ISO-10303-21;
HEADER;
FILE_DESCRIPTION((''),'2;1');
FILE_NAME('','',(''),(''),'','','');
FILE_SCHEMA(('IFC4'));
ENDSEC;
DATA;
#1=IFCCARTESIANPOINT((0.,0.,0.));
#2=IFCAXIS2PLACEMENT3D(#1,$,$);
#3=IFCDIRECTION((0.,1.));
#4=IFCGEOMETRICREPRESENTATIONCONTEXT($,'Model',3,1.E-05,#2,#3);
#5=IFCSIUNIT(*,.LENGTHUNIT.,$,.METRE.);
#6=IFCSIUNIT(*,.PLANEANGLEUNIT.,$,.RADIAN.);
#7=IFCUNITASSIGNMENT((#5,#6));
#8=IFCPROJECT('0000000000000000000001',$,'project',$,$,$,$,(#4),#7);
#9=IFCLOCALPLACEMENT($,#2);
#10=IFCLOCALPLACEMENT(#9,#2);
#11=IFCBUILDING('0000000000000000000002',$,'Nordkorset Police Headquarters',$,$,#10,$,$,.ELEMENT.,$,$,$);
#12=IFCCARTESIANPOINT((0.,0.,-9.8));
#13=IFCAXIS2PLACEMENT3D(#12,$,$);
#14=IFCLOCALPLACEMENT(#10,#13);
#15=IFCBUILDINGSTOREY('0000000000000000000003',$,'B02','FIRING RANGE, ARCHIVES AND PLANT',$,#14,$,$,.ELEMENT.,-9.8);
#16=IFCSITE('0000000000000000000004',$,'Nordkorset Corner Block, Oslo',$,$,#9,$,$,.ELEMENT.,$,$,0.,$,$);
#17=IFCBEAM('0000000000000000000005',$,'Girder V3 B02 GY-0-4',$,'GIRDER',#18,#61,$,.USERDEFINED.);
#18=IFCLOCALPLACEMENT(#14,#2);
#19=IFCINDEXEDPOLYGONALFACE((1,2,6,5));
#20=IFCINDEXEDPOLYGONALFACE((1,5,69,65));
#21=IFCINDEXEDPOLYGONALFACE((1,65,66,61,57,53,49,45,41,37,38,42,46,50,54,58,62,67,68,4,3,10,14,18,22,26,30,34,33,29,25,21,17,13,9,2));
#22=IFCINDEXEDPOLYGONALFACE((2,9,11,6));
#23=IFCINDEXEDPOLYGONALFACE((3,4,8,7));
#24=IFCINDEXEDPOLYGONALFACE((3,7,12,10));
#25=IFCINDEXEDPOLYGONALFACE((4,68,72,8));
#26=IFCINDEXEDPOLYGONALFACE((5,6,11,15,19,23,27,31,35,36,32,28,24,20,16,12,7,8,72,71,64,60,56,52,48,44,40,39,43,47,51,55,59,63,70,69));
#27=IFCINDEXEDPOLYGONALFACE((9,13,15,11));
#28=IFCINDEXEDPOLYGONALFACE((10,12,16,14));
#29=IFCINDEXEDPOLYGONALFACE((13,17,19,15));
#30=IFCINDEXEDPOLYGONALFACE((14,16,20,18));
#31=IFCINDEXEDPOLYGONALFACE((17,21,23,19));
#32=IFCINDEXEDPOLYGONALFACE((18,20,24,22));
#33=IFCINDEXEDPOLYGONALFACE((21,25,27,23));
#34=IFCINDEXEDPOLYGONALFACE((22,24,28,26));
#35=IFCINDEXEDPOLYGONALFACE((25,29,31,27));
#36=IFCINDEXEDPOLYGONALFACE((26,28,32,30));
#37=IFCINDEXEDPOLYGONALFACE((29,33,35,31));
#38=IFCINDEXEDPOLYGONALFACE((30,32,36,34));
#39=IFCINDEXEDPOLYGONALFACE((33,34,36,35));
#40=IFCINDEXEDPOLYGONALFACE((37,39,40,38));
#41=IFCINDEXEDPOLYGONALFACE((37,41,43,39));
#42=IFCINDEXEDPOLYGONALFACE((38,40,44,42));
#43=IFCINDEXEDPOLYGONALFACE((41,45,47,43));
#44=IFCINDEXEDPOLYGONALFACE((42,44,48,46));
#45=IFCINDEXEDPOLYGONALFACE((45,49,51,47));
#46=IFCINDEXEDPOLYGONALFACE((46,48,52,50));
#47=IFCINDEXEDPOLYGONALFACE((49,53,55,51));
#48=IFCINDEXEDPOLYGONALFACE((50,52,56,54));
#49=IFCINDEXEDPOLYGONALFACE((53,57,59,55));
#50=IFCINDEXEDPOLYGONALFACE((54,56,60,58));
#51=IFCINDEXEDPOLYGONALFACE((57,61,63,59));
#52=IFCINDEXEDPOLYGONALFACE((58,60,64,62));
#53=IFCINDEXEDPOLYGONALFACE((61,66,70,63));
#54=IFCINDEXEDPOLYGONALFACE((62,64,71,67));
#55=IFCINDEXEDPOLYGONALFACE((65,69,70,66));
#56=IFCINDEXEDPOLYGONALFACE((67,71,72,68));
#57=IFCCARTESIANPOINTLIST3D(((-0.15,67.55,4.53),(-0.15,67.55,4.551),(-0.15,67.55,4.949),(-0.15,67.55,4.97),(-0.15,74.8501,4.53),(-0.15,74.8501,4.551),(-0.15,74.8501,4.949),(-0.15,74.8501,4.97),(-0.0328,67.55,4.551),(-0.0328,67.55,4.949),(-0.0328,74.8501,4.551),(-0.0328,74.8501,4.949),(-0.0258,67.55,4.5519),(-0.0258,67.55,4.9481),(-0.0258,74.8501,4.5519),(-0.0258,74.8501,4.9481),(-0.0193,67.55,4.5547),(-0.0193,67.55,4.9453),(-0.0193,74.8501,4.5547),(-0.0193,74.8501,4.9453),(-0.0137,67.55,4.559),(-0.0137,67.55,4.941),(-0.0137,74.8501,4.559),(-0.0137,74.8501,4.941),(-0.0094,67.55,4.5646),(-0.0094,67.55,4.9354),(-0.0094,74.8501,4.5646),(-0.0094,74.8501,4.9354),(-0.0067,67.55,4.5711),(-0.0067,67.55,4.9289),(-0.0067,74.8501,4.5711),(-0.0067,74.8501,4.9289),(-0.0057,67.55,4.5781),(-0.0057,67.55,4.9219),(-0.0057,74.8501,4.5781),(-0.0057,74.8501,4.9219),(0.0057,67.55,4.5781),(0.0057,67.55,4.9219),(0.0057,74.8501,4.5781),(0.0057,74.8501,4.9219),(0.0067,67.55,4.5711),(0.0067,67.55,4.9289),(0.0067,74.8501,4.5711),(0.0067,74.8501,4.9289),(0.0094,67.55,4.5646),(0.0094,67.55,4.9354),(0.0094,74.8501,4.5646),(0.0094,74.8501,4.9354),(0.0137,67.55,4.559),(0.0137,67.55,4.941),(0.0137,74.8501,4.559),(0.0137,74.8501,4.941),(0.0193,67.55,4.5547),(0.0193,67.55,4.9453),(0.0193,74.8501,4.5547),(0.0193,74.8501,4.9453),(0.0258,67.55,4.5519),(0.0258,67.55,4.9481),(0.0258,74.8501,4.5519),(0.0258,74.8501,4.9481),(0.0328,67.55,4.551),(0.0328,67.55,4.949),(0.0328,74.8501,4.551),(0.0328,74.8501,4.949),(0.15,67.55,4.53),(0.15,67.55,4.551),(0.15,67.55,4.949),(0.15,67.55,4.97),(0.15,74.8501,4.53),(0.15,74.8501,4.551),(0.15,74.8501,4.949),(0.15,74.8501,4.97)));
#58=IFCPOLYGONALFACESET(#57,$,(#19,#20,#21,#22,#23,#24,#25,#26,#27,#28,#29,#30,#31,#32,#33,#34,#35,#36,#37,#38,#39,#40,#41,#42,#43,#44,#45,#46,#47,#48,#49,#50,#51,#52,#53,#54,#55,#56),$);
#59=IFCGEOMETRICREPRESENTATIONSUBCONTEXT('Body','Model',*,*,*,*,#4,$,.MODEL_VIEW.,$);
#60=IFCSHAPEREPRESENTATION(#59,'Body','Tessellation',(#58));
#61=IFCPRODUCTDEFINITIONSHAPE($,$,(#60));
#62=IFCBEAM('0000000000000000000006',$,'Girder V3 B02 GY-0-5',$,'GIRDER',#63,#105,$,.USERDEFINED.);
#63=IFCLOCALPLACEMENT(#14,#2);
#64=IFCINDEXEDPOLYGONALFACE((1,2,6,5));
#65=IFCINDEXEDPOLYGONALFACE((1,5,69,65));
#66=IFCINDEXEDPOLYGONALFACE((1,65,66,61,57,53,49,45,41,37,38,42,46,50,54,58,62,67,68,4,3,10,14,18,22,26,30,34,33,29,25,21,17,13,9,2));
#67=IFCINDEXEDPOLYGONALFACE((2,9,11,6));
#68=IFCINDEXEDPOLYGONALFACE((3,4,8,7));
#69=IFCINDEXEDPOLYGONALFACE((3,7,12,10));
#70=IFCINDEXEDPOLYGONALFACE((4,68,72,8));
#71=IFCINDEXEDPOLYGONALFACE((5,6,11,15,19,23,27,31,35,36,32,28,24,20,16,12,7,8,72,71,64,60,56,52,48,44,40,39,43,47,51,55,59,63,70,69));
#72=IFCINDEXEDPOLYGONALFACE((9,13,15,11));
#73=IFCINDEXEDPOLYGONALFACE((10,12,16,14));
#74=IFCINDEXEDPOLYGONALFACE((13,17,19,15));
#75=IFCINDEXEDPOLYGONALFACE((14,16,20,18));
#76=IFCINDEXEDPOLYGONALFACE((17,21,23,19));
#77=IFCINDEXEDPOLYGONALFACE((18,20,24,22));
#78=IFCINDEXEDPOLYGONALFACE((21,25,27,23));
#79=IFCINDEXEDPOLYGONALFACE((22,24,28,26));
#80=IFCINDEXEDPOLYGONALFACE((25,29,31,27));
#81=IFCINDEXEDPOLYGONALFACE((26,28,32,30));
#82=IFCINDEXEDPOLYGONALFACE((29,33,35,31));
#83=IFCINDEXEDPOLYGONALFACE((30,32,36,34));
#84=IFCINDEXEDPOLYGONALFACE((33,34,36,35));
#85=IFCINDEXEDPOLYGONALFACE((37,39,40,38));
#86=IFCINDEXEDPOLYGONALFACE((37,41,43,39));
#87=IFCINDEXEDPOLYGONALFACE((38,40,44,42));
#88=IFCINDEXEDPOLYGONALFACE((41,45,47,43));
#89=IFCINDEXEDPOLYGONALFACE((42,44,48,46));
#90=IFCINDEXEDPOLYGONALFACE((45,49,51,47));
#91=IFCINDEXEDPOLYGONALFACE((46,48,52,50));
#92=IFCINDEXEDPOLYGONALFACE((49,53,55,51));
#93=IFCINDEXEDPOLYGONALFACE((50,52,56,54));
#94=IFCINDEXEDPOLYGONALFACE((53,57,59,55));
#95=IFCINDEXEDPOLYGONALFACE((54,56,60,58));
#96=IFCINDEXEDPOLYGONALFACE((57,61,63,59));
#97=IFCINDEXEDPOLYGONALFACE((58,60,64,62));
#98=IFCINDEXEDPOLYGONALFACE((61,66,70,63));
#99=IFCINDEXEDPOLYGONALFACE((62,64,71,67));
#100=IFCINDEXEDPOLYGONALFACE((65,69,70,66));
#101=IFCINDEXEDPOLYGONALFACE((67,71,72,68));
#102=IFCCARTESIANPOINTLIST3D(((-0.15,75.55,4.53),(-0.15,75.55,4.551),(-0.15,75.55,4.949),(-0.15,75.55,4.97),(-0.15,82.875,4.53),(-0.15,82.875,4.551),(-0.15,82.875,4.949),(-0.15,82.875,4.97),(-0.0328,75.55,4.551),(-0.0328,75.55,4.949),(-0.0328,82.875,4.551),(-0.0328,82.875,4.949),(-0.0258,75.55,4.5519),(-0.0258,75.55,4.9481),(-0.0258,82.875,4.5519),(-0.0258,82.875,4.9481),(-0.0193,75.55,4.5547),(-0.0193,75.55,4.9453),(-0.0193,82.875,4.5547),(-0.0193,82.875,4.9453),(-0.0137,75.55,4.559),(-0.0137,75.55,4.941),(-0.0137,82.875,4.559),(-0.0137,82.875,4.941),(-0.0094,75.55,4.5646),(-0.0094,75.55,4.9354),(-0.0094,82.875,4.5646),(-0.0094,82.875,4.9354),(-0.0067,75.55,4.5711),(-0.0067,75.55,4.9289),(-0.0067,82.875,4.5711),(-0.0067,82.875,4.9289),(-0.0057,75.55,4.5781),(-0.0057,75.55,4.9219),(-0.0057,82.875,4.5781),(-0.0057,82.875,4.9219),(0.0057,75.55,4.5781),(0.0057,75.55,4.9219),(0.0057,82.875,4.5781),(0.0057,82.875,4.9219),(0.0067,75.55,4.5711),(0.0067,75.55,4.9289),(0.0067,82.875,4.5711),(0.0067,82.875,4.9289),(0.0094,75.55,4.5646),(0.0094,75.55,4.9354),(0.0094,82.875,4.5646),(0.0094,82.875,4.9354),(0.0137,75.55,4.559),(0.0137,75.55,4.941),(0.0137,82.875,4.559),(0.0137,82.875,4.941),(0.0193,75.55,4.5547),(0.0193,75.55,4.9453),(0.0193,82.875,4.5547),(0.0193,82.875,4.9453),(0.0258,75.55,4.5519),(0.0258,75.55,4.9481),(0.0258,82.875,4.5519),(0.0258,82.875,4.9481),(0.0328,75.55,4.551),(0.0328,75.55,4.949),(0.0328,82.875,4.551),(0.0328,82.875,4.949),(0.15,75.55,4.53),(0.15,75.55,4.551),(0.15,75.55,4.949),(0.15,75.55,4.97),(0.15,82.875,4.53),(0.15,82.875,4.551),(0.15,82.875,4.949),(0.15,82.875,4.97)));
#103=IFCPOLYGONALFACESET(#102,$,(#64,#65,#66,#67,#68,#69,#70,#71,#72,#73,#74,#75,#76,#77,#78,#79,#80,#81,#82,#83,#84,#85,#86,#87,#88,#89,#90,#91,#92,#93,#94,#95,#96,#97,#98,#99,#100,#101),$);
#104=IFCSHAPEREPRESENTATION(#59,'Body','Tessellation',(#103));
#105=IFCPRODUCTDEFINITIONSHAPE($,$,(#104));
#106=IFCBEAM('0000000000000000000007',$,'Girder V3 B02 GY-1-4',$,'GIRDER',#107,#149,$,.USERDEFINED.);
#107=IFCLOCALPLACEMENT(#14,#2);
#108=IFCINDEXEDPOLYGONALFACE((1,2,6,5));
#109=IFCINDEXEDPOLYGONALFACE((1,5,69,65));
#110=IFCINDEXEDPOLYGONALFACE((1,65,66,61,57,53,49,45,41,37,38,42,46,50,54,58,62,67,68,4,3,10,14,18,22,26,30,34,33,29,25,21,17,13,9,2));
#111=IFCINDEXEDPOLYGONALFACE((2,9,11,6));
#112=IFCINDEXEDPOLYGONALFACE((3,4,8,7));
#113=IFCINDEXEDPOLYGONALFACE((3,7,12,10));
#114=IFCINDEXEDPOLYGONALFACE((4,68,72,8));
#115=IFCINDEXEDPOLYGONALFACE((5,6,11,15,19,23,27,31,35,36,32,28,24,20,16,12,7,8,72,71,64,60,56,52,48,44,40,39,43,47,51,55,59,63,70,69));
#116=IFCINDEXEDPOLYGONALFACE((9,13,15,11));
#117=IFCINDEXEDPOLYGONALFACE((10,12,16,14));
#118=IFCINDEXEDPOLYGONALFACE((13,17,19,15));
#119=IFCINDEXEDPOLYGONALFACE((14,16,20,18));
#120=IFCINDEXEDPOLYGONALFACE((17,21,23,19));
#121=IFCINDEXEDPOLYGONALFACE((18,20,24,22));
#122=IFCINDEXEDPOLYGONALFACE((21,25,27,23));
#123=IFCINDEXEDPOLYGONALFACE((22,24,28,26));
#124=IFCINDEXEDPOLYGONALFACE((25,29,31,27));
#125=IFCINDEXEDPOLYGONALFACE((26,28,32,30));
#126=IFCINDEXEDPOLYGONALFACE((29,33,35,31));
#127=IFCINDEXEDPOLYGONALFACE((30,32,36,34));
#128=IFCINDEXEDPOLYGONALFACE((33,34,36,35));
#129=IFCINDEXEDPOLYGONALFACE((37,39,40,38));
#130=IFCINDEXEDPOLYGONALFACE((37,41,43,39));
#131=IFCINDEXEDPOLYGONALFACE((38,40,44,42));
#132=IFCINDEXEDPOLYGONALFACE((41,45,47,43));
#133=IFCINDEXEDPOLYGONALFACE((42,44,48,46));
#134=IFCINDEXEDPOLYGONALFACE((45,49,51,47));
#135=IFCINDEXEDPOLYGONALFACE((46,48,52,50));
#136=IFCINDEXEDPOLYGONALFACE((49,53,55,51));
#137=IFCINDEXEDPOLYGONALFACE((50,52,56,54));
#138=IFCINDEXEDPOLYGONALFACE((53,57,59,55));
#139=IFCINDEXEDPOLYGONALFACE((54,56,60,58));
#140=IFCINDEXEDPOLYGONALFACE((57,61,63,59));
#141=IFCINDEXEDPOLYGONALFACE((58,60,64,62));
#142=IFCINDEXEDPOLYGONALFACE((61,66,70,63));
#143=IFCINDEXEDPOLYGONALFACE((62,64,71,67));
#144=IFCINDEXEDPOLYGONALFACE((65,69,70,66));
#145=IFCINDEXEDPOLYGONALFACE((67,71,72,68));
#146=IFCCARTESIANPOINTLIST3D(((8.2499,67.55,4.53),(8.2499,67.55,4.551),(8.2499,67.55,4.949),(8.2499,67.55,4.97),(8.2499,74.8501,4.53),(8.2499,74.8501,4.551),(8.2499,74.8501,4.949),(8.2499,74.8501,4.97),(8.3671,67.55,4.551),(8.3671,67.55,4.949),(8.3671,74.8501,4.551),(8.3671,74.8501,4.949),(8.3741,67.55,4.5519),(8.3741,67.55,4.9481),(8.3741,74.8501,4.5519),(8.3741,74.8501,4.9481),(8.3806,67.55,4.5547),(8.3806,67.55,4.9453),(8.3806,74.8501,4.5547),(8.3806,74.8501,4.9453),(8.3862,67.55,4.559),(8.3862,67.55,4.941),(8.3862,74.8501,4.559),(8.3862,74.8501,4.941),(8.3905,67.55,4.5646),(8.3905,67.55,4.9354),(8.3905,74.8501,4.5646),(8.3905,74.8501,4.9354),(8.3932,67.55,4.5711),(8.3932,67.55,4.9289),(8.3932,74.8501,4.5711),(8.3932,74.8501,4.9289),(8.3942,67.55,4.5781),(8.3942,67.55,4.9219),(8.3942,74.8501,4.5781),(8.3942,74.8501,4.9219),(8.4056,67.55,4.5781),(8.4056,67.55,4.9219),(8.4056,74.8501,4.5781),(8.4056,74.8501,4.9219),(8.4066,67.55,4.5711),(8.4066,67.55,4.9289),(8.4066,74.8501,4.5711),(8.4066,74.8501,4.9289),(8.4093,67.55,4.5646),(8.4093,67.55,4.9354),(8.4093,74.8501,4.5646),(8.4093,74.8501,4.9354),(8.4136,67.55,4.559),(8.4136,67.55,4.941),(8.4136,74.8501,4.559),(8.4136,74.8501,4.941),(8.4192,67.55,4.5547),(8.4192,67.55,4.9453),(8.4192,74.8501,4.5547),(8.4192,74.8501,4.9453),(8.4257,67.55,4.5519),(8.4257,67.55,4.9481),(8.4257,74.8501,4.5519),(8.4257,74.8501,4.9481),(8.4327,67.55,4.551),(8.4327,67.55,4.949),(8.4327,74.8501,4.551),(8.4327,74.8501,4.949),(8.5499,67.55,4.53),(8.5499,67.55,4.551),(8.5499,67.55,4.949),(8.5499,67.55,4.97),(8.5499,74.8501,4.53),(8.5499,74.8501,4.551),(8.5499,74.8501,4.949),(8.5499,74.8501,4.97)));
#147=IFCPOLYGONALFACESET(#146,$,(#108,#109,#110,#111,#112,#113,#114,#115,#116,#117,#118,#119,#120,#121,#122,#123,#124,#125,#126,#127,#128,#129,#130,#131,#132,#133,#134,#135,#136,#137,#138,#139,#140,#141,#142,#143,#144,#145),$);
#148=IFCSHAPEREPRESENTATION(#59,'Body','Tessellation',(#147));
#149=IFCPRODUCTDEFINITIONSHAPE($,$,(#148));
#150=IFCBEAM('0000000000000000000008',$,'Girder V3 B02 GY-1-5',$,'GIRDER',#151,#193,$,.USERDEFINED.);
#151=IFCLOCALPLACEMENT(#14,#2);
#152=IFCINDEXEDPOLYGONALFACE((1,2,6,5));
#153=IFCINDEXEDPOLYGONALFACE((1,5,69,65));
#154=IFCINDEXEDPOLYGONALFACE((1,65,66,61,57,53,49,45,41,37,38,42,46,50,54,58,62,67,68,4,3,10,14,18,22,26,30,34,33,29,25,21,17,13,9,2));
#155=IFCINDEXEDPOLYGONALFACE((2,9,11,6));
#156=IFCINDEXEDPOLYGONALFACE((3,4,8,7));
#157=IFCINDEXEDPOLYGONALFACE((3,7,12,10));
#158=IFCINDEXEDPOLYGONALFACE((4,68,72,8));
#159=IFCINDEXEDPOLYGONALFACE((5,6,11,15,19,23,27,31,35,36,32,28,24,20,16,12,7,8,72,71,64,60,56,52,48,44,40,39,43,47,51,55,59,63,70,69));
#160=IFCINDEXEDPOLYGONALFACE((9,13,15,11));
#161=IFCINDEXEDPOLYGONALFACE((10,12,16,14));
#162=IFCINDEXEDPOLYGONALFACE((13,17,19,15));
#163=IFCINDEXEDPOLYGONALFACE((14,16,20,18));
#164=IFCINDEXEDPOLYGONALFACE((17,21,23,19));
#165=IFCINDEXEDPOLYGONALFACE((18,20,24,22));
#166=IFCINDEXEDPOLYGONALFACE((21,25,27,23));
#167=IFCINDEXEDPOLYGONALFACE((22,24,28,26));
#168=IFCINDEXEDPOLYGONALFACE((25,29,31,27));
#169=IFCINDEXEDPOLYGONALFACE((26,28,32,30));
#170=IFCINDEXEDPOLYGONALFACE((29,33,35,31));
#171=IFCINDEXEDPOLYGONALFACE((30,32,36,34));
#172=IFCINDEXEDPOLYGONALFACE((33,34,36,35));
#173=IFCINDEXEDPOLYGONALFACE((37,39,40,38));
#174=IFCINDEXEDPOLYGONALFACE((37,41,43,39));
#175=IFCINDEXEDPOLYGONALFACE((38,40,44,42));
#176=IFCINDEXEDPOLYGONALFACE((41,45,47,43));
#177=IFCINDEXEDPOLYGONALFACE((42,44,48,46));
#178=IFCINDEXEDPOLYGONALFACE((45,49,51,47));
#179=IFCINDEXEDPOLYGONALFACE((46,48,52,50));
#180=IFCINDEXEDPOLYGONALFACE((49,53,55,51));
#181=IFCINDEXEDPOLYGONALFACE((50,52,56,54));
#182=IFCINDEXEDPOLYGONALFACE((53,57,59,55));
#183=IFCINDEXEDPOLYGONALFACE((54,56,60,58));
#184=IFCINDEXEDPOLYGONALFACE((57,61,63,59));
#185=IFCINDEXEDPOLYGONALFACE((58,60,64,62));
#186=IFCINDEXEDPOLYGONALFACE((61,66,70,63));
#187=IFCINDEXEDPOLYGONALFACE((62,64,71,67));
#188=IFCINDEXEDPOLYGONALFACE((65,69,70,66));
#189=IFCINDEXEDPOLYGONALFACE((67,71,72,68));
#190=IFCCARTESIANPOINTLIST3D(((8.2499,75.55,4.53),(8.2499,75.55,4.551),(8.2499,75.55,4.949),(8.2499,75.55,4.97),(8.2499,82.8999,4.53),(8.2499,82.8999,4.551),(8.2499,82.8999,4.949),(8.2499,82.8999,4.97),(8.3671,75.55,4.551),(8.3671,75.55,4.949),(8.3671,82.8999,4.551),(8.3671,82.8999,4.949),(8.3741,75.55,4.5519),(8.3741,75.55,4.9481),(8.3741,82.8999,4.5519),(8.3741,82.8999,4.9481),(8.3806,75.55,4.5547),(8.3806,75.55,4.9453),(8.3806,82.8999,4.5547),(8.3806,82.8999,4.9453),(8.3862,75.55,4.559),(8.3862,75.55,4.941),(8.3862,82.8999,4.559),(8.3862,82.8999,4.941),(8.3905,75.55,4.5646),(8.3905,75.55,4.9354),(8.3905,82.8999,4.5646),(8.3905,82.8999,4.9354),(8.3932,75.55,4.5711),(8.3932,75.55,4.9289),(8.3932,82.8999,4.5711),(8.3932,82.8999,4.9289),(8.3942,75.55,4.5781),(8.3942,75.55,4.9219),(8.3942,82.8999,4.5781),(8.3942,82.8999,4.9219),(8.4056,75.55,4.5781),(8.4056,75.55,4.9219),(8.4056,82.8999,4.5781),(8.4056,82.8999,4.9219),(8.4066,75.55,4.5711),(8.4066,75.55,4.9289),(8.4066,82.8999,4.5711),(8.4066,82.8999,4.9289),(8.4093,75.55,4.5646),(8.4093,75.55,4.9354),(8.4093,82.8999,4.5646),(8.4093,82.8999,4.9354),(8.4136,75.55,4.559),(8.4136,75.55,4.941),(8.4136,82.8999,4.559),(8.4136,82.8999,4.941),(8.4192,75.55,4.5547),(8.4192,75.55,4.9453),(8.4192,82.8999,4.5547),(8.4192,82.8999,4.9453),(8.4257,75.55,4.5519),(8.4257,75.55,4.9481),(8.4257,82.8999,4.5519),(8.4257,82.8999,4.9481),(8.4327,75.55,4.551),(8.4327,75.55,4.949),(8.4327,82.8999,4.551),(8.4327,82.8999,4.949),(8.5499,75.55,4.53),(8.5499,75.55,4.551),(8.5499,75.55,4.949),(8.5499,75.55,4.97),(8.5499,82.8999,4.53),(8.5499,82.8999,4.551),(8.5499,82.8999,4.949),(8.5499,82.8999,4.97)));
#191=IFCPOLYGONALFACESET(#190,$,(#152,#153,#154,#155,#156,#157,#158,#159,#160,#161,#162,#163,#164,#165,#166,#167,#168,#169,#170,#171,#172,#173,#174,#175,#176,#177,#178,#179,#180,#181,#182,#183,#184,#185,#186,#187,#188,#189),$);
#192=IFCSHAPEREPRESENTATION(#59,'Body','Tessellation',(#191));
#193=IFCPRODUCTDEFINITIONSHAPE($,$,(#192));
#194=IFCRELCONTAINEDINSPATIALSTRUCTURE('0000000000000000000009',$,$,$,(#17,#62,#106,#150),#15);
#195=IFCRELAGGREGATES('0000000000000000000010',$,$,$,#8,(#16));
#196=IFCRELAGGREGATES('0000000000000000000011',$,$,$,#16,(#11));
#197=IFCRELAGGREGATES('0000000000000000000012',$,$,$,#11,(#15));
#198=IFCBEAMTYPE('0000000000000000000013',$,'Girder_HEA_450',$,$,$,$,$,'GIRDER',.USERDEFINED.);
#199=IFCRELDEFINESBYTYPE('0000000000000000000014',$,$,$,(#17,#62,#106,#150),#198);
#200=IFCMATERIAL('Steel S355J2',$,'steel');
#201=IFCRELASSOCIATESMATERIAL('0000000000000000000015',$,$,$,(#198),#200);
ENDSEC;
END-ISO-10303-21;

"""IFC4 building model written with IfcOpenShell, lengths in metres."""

from ifc_helpers import new_model, si_unit, direction, frame, origin, origin_2d, place, context, subcontext, project, spatial, i_section, extrude, material, material_profile, profile_set, type_object, element, save


model = new_model("IFC4")

# Units and contexts
model_context = context("Model", 3, precision=1e-05, world=origin(), true_north=direction((0.0, 1.0)))
body_context = subcontext(model_context, "Body", "Model", "MODEL_VIEW")
ifc_project = project(units=[si_unit("LENGTHUNIT", "METRE"), si_unit("PLANEANGLEUNIT", "RADIAN")], contexts=[model_context])

# Site, building, storey
site_placement = place(None, origin())
site = spatial("IfcSite", under=ifc_project, at=site_placement, Name="Nordkorset Corner Block, Oslo", CompositionType="ELEMENT", RefElevation=0.0)
building_placement = place(site_placement, origin())
building = spatial("IfcBuilding", under=site, at=building_placement, Name="Nordkorset Police Headquarters", CompositionType="ELEMENT")
storey_placement = place(building_placement, frame((0.0, 0.0, -9.8)))
storey = spatial("IfcBuildingStorey", under=building, at=storey_placement, Name="B02", Description="FIRING RANGE, ARCHIVES AND PLANT", CompositionType="ELEMENT", Elevation=-9.8)

# Beams
ifc_material_1 = material(Name="Steel S355J2", Category="steel")
ifc_material_profile_1 = material_profile(ifc_material_1, i_section(OverallWidth=0.3, OverallDepth=0.4399, WebThickness=0.0115, FlangeThickness=0.021, FilletRadius=0.0271, at=origin_2d()), Name="HEA 450")
ifc_profile_set_1 = profile_set([ifc_material_profile_1], Name="Steel S355J2")
beam_type_1 = type_object("IfcBeamType", Name="Girder_HEA_450", ElementType="GIRDER", PredefinedType="USERDEFINED", material=ifc_profile_set_1)
beam_1_placement = place(storey_placement, frame((0.0, 67.55, 4.75), z_axis=(0.0, 1.0, 0.0), x_axis=(-1.0, 0.0, 0.0)))
element("IfcBeam", 1, at=beam_1_placement, inside=storey, type_object=beam_type_1, Name="Girder V3 B02 GY-0-4", ObjectType="GIRDER", PredefinedType="USERDEFINED", context=body_context, shape_type="SweptSolid", body=[
    extrude(i_section(OverallWidth=0.3, OverallDepth=0.4399, WebThickness=0.0115, FlangeThickness=0.021, FilletRadius=0.0271, at=origin_2d()), origin(), (0.0, 0.0, 1.0), 7.3),
])
beam_2_placement = place(storey_placement, frame((0.0, 75.55, 4.75), z_axis=(0.0, 1.0, 0.0), x_axis=(-1.0, 0.0, 0.0)))
element("IfcBeam", 2, at=beam_2_placement, inside=storey, type_object=beam_type_1, Name="Girder V3 B02 GY-0-5", ObjectType="GIRDER", PredefinedType="USERDEFINED", context=body_context, shape_type="SweptSolid", body=[
    extrude(i_section(OverallWidth=0.3, OverallDepth=0.4399, WebThickness=0.0115, FlangeThickness=0.021, FilletRadius=0.0271, at=origin_2d()), origin(), (0.0, 0.0, 1.0), 7.325),
])
beam_3_placement = place(storey_placement, frame((8.3999, 67.55, 4.75), z_axis=(0.0, 1.0, 0.0), x_axis=(-1.0, 0.0, 0.0)))
element("IfcBeam", 3, at=beam_3_placement, inside=storey, type_object=beam_type_1, Name="Girder V3 B02 GY-1-4", ObjectType="GIRDER", PredefinedType="USERDEFINED", context=body_context, shape_type="SweptSolid", body=[
    extrude(i_section(OverallWidth=0.3, OverallDepth=0.4399, WebThickness=0.0115, FlangeThickness=0.021, FilletRadius=0.0271, at=origin_2d()), origin(), (0.0, 0.0, 1.0), 7.3),
])
beam_4_placement = place(storey_placement, frame((8.3999, 75.55, 4.75), z_axis=(0.0, 1.0, 0.0), x_axis=(-1.0, 0.0, 0.0)))
element("IfcBeam", 4, at=beam_4_placement, inside=storey, type_object=beam_type_1, Name="Girder V3 B02 GY-1-5", ObjectType="GIRDER", PredefinedType="USERDEFINED", context=body_context, shape_type="SweptSolid", body=[
    extrude(i_section(OverallWidth=0.3, OverallDepth=0.4399, WebThickness=0.0115, FlangeThickness=0.021, FilletRadius=0.0271, at=origin_2d()), origin(), (0.0, 0.0, 1.0), 7.3499),
])

save(model, "model.ifc")
